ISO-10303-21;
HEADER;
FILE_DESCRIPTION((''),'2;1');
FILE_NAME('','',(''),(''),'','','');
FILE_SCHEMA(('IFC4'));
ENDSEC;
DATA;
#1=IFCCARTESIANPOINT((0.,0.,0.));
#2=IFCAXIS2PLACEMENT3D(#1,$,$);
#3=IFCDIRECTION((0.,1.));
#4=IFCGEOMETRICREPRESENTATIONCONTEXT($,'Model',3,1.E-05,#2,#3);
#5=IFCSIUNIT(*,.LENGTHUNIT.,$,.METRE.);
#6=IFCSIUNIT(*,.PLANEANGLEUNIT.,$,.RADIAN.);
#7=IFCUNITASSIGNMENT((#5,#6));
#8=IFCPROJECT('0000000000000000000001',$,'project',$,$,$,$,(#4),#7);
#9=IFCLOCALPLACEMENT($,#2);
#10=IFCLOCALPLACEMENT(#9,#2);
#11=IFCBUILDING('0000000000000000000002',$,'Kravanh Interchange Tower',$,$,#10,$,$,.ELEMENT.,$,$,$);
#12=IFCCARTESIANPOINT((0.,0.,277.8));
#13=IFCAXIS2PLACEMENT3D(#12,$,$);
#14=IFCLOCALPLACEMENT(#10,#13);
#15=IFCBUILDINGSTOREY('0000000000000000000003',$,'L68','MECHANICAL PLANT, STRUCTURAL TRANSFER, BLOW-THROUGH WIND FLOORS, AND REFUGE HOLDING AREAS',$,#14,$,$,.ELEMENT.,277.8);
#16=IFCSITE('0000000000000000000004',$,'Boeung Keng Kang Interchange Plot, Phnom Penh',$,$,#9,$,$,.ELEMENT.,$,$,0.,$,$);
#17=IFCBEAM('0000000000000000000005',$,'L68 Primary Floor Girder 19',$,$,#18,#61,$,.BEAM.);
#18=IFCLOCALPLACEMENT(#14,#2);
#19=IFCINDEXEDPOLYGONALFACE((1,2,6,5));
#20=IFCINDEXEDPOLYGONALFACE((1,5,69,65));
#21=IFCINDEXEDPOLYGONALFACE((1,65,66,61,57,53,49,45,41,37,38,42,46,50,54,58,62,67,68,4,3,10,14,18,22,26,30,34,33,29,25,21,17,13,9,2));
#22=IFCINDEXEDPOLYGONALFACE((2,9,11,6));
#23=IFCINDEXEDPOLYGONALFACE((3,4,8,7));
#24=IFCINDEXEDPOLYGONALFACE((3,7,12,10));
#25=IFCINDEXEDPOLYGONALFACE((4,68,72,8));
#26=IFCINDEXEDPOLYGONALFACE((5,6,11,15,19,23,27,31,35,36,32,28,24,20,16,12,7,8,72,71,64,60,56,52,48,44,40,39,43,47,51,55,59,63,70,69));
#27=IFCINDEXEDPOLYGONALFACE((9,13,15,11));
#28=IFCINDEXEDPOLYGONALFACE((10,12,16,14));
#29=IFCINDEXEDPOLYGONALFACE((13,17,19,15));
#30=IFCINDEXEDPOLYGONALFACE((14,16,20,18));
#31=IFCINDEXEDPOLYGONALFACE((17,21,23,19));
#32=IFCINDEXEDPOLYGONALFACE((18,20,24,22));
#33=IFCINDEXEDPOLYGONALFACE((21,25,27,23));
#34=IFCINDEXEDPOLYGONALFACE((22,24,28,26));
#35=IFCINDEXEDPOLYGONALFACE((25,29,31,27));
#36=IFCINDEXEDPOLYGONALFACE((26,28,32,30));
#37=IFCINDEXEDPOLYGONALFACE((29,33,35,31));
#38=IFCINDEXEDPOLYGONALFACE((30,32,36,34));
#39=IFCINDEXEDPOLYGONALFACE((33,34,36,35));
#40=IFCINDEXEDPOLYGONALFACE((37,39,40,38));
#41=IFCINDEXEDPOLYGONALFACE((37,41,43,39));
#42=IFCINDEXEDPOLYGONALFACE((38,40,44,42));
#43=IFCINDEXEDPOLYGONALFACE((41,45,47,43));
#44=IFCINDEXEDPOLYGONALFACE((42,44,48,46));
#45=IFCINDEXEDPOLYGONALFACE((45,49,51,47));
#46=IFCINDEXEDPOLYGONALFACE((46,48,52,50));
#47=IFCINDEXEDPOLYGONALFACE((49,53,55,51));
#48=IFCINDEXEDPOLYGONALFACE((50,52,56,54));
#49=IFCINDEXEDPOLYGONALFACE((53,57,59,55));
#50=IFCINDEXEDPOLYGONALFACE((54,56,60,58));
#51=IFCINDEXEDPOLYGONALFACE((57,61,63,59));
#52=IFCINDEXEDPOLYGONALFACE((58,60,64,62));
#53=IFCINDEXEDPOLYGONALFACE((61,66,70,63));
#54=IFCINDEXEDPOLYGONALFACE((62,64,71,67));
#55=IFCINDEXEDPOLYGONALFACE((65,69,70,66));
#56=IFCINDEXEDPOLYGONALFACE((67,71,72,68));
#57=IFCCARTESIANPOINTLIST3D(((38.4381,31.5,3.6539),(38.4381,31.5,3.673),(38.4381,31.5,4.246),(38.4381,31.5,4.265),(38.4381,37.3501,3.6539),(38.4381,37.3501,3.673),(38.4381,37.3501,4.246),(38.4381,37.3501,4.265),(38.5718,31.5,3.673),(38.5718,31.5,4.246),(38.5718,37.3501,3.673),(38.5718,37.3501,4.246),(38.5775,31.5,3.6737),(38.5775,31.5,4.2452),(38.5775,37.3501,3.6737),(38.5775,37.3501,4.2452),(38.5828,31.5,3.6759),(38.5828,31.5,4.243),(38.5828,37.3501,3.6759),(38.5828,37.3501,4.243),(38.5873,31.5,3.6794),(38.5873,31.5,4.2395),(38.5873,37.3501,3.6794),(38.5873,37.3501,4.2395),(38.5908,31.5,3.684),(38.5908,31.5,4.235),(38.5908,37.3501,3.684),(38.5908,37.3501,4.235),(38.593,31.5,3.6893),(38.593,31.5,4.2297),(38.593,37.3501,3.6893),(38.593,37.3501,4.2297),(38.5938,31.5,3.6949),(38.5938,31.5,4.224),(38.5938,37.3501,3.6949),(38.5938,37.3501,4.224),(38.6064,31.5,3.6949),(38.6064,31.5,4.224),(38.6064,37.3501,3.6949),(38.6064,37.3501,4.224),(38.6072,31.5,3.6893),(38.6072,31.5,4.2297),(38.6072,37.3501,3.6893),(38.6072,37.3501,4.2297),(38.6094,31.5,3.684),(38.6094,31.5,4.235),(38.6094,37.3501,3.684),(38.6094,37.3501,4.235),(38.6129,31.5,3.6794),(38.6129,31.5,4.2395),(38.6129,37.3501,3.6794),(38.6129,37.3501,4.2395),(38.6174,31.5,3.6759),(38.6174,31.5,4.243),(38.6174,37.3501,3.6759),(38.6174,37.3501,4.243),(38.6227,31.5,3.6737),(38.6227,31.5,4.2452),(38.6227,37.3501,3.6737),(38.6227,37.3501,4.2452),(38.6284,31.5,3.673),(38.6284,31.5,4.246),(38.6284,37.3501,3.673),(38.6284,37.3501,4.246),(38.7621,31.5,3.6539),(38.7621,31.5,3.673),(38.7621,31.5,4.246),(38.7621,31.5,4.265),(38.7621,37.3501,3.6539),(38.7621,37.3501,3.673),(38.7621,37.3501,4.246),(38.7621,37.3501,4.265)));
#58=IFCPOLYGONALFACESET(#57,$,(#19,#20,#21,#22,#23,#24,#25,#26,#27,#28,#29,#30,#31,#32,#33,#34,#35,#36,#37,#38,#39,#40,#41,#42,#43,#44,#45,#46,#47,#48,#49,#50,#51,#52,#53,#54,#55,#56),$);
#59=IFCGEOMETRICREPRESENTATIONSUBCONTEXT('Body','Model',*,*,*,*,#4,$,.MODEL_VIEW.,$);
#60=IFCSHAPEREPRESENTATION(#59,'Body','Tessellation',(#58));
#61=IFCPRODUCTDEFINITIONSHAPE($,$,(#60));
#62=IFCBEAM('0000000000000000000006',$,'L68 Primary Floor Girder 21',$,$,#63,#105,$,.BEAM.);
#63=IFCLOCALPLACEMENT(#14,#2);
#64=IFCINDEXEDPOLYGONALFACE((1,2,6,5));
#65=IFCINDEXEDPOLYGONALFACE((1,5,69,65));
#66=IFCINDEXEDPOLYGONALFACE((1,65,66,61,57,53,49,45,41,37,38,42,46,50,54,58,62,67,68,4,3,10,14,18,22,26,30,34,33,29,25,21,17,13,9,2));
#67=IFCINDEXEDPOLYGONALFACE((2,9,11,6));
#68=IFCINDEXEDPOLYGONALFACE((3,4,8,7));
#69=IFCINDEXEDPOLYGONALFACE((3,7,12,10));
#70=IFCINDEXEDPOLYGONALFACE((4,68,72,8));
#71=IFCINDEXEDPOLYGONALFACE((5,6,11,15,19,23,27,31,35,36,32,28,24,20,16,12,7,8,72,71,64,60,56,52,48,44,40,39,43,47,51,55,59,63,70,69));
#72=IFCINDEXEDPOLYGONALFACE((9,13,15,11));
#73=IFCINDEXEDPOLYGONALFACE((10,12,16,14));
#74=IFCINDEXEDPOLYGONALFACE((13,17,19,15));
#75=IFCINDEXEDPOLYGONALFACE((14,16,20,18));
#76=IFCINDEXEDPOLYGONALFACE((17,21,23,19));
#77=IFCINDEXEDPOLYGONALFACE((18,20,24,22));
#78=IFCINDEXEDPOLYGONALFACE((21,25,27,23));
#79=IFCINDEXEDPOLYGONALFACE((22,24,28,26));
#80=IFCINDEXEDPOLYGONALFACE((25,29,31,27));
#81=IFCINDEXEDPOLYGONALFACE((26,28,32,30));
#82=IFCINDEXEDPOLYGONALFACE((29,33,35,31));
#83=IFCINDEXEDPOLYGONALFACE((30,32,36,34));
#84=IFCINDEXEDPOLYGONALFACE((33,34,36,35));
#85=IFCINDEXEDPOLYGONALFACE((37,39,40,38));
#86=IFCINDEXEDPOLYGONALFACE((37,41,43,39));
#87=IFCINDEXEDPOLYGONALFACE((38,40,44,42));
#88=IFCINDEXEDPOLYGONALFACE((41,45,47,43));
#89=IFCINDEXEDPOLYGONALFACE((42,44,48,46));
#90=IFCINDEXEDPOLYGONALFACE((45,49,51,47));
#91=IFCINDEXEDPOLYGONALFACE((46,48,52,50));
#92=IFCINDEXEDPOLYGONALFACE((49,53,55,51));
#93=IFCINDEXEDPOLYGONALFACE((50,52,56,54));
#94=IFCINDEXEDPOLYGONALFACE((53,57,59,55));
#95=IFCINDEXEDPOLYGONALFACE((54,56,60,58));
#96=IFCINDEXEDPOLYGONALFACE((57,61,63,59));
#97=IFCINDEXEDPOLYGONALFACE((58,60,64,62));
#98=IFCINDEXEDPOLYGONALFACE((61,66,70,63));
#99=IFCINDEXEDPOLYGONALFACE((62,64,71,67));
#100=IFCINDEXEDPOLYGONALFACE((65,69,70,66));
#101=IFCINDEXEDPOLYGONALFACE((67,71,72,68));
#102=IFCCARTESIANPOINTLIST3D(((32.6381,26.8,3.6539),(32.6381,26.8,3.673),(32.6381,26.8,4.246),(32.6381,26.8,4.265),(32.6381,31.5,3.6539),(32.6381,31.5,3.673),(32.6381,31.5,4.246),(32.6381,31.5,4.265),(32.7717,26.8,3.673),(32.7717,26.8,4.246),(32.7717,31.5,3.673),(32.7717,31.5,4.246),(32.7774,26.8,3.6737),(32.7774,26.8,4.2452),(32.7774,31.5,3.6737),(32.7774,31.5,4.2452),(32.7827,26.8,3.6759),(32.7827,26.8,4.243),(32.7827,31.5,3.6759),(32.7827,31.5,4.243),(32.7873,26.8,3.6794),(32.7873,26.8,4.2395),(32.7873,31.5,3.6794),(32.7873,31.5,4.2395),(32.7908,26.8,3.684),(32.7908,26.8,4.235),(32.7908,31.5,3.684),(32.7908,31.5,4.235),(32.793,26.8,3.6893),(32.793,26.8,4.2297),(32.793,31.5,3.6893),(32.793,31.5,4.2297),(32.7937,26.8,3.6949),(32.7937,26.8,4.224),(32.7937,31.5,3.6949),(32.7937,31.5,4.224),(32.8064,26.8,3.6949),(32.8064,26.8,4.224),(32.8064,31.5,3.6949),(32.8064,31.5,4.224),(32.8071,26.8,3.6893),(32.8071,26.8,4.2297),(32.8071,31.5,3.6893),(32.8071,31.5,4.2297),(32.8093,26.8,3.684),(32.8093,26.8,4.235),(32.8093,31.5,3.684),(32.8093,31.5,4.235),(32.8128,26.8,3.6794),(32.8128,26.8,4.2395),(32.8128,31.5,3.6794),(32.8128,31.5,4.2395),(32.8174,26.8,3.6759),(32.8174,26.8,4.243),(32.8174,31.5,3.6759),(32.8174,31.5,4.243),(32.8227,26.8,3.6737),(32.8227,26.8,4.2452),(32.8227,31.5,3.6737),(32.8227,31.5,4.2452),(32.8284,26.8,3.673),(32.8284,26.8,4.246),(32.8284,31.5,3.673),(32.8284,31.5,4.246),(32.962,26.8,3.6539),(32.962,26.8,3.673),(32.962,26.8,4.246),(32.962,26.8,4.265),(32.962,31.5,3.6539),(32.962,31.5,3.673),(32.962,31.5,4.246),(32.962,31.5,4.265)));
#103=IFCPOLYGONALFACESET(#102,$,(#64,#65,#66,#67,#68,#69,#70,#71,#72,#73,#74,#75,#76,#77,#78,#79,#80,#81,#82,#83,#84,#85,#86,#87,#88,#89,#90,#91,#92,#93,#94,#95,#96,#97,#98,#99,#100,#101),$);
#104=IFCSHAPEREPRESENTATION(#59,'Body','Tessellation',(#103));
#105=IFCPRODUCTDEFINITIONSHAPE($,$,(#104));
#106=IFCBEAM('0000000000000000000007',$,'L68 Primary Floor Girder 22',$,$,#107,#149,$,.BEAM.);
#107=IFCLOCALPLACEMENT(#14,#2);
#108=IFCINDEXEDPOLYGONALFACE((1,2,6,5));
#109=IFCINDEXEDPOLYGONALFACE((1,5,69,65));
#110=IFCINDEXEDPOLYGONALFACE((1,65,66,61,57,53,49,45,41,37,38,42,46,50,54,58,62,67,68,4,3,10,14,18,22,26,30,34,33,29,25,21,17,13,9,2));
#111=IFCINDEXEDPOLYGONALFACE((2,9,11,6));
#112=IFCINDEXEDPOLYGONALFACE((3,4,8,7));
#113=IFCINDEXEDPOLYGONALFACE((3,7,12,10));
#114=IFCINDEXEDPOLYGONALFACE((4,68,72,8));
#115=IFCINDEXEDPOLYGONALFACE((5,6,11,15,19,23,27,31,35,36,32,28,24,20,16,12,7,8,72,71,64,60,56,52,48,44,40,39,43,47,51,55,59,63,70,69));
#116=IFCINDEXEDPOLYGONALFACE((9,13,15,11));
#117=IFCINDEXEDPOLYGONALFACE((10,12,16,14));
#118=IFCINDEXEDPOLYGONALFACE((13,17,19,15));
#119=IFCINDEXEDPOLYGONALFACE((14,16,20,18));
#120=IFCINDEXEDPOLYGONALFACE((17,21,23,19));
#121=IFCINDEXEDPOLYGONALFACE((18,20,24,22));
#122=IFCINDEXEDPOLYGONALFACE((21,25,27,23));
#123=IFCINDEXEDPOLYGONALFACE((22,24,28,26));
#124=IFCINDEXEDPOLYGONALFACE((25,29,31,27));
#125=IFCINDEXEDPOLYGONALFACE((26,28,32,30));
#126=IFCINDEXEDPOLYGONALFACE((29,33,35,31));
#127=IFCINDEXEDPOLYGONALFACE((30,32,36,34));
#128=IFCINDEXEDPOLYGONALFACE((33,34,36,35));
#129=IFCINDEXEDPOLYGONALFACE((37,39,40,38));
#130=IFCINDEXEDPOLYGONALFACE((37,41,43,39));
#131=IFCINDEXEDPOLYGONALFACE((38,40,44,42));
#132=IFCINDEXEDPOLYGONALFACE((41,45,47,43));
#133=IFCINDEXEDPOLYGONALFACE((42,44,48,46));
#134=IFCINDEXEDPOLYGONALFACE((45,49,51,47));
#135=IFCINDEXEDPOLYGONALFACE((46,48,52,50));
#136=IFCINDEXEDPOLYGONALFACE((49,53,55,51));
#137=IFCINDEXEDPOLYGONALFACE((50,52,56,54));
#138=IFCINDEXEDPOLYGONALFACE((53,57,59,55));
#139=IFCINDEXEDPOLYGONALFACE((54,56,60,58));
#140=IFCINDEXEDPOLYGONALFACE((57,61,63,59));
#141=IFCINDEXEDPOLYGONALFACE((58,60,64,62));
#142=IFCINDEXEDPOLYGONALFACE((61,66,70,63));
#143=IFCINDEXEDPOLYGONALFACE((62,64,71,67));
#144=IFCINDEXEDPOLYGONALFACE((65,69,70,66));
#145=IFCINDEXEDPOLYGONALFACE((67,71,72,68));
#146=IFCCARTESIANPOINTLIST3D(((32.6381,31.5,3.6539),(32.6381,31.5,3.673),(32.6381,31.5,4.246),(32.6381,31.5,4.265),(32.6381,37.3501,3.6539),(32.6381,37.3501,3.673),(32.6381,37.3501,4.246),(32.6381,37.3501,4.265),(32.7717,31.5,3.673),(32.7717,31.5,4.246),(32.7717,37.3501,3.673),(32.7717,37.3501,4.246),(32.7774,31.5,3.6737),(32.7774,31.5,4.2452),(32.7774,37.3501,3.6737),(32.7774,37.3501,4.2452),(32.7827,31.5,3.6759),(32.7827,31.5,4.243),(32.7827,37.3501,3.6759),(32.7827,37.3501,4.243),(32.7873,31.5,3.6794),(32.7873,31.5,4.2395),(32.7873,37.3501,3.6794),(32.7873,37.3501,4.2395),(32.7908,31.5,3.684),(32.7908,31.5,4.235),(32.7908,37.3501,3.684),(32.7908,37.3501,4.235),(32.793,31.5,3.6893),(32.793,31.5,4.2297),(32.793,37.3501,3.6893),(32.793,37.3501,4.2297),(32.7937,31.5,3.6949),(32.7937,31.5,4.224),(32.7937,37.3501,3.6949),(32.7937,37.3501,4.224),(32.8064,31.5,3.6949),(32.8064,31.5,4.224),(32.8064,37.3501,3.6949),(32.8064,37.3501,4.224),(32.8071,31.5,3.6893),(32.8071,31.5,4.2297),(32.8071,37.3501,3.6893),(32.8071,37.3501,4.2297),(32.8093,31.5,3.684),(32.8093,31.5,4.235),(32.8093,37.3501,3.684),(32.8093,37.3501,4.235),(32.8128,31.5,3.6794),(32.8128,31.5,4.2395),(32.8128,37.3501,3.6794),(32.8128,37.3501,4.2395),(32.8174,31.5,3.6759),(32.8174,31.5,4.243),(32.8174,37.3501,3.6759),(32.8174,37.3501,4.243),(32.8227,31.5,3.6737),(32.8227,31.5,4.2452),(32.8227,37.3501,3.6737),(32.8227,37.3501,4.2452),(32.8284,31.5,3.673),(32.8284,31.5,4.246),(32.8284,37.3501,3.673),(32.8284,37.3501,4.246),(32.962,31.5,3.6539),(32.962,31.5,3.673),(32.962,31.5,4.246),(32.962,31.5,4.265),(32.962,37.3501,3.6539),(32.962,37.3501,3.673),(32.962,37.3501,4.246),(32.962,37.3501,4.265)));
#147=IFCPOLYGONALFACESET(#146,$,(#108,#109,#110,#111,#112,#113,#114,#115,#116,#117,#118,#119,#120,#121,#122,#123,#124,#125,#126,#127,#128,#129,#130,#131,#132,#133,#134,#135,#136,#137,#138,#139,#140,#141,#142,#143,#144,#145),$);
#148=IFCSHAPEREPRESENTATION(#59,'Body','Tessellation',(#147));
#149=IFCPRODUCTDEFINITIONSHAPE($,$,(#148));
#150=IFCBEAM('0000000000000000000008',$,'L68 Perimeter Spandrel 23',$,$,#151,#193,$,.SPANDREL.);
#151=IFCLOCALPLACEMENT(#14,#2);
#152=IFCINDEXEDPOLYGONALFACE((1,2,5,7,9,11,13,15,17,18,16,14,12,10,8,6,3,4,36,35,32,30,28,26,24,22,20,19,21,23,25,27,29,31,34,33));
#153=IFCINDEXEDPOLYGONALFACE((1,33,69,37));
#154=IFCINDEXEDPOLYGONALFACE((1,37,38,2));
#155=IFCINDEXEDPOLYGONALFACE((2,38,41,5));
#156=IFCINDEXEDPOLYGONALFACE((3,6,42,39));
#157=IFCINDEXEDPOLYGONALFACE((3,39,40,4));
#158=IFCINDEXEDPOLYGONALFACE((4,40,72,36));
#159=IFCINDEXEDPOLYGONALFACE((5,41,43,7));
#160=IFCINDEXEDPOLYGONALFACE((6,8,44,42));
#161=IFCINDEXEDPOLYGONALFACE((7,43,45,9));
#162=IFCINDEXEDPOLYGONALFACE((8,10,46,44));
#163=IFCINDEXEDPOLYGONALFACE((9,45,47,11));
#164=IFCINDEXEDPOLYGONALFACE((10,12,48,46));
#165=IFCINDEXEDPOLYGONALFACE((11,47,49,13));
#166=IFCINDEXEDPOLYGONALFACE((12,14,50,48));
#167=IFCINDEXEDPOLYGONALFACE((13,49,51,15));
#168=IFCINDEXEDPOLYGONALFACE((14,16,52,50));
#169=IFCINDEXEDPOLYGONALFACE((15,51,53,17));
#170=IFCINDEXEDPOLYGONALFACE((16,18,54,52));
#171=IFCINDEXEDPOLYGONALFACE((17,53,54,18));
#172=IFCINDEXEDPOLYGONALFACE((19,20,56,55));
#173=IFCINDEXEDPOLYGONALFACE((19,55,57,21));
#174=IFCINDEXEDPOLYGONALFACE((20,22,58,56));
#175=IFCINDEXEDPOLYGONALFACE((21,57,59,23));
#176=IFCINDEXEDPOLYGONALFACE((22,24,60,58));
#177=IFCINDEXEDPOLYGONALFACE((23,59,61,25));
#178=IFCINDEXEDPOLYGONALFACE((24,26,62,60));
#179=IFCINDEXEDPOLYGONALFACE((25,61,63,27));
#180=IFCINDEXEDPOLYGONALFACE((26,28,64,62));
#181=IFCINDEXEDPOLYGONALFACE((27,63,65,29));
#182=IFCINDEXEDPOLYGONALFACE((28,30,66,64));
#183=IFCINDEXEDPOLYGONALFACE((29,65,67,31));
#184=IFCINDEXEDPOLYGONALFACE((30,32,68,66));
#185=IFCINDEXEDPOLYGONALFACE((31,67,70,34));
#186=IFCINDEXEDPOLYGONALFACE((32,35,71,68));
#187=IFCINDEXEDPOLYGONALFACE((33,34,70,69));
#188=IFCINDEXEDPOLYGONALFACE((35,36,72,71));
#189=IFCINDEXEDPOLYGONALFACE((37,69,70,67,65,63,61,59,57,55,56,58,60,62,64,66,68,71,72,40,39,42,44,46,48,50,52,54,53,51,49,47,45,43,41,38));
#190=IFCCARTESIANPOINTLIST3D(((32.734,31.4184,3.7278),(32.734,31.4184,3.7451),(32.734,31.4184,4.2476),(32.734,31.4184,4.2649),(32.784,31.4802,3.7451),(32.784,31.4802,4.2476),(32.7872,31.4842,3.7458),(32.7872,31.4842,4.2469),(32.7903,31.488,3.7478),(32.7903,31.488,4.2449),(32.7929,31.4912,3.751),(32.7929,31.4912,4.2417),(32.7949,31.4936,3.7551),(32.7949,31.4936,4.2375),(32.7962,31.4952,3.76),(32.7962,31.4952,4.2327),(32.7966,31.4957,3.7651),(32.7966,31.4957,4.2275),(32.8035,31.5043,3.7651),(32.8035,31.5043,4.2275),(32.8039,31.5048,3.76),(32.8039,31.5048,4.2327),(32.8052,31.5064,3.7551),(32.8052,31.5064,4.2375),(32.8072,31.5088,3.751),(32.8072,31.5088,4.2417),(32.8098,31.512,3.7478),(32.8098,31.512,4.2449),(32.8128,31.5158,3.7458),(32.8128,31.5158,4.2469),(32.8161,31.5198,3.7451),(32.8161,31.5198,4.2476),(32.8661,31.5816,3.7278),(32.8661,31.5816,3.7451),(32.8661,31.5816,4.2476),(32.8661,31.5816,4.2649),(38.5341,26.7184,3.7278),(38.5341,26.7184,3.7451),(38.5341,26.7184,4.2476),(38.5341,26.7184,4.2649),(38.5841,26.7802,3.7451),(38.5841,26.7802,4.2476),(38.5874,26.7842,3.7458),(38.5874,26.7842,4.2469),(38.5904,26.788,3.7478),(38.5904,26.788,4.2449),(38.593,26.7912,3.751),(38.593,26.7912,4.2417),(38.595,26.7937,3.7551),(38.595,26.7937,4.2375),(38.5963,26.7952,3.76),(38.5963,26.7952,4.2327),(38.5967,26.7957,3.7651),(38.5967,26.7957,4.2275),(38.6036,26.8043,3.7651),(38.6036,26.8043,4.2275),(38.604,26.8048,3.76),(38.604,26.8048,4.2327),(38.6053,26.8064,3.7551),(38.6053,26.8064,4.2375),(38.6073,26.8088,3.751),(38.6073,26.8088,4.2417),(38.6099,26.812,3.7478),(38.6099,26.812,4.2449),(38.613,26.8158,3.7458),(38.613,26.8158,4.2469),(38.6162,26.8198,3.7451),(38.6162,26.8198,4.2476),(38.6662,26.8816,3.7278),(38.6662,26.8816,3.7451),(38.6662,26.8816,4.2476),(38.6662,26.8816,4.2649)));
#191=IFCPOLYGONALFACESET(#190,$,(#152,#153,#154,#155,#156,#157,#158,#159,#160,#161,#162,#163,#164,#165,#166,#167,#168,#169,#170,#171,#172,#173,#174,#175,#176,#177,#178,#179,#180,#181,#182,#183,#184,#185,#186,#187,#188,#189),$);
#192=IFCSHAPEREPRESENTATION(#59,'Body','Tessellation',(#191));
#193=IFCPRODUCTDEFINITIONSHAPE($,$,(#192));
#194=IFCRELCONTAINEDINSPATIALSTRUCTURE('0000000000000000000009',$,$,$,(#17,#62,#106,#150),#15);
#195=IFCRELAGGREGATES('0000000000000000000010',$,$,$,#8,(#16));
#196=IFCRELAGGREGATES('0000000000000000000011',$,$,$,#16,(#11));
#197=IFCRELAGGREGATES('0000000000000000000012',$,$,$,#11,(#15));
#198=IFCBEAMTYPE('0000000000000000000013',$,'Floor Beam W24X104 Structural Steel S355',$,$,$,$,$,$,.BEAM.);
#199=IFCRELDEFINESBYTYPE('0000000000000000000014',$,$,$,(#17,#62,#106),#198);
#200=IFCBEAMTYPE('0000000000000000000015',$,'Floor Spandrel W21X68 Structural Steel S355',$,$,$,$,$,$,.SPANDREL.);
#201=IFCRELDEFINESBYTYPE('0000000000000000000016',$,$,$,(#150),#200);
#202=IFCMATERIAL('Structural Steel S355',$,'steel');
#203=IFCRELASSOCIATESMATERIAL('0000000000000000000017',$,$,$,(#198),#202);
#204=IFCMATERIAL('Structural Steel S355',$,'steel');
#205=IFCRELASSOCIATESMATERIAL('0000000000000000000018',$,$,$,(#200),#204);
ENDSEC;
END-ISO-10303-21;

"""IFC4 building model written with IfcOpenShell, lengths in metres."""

from ifc_helpers import new_model, si_unit, direction, frame, origin, origin_2d, place, context, subcontext, project, spatial, i_section, extrude, material, material_profile, profile_set, type_object, element, save


model = new_model("IFC4")

# Units and contexts
model_context = context("Model", 3, precision=1e-05, world=origin(), true_north=direction((0.0, 1.0)))
body_context = subcontext(model_context, "Body", "Model", "MODEL_VIEW")
ifc_project = project(units=[si_unit("LENGTHUNIT", "METRE"), si_unit("PLANEANGLEUNIT", "RADIAN")], contexts=[model_context])

# Site, building, storey
site_placement = place(None, origin())
site = spatial("IfcSite", under=ifc_project, at=site_placement, Name="Boeung Keng Kang Interchange Plot, Phnom Penh", CompositionType="ELEMENT", RefElevation=0.0)
building_placement = place(site_placement, origin())
building = spatial("IfcBuilding", under=site, at=building_placement, Name="Kravanh Interchange Tower", CompositionType="ELEMENT")
storey_placement = place(building_placement, frame((0.0, 0.0, 277.8)))
storey = spatial("IfcBuildingStorey", under=building, at=storey_placement, Name="L68", Description="MECHANICAL PLANT, STRUCTURAL TRANSFER, BLOW-THROUGH WIND FLOORS, AND REFUGE HOLDING AREAS", CompositionType="ELEMENT", Elevation=277.8)

# Beams
ifc_material_1 = material(Name="Structural Steel S355", Category="steel")
ifc_material_profile_1 = material_profile(ifc_material_1, i_section(OverallWidth=0.324, OverallDepth=0.6111, WebThickness=0.0127, FlangeThickness=0.019, FilletRadius=0.022, at=origin_2d()), Name="W24X104")
ifc_profile_set_1 = profile_set([ifc_material_profile_1], Name="Structural Steel S355")
beam_type_1 = type_object("IfcBeamType", Name="Floor Beam W24X104 Structural Steel S355", PredefinedType="BEAM", material=ifc_profile_set_1)
beam_1_placement = place(storey_placement, frame((38.6001, 31.5, 3.9595), z_axis=(0.0, 1.0, 0.0), x_axis=(-1.0, 0.0, 0.0)))
element("IfcBeam", 1, at=beam_1_placement, inside=storey, type_object=beam_type_1, Name="L68 Primary Floor Girder 19", PredefinedType="BEAM", context=body_context, shape_type="SweptSolid", body=[
    extrude(i_section(OverallWidth=0.324, OverallDepth=0.6111, WebThickness=0.0127, FlangeThickness=0.019, FilletRadius=0.022, at=origin_2d()), origin(), (0.0, 0.0, 1.0), 5.8501),
])
beam_2_placement = place(storey_placement, frame((32.8, 31.5, 3.9595), z_axis=(0.0, -1.0, 0.0), x_axis=(1.0, 0.0, 0.0)))
element("IfcBeam", 2, at=beam_2_placement, inside=storey, type_object=beam_type_1, Name="L68 Primary Floor Girder 21", PredefinedType="BEAM", context=body_context, shape_type="SweptSolid", body=[
    extrude(i_section(OverallWidth=0.324, OverallDepth=0.6111, WebThickness=0.0127, FlangeThickness=0.019, FilletRadius=0.022, at=origin_2d()), origin(), (0.0, 0.0, 1.0), 4.7),
])
beam_3_placement = place(storey_placement, frame((32.8, 31.5, 3.9595), z_axis=(0.0, 1.0, 0.0), x_axis=(-1.0, 0.0, 0.0)))
element("IfcBeam", 3, at=beam_3_placement, inside=storey, type_object=beam_type_1, Name="L68 Primary Floor Girder 22", PredefinedType="BEAM", context=body_context, shape_type="SweptSolid", body=[
    extrude(i_section(OverallWidth=0.324, OverallDepth=0.6111, WebThickness=0.0127, FlangeThickness=0.019, FilletRadius=0.022, at=origin_2d()), origin(), (0.0, 0.0, 1.0), 5.8501),
])
ifc_material_2 = material(Name="Structural Steel S355", Category="steel")
ifc_material_profile_2 = material_profile(ifc_material_2, i_section(OverallWidth=0.21, OverallDepth=0.5371, WebThickness=0.011, FlangeThickness=0.0173, FilletRadius=0.02, at=origin_2d()), Name="W21X68")
ifc_profile_set_2 = profile_set([ifc_material_profile_2], Name="Structural Steel S355")
beam_type_2 = type_object("IfcBeamType", Name="Floor Spandrel W21X68 Structural Steel S355", PredefinedType="SPANDREL", material=ifc_profile_set_2)
beam_4_placement = place(storey_placement, frame((32.8, 31.5, 3.9963), z_axis=(0.776939, -0.629576, 0.0), x_axis=(0.629576, 0.776939, 0.0)))
element("IfcBeam", 4, at=beam_4_placement, inside=storey, type_object=beam_type_2, Name="L68 Perimeter Spandrel 23", PredefinedType="SPANDREL", context=body_context, shape_type="SweptSolid", body=[
    extrude(i_section(OverallWidth=0.21, OverallDepth=0.5371, WebThickness=0.011, FlangeThickness=0.0173, FilletRadius=0.02, at=origin_2d()), origin(), (0.0, 0.0, 1.0), 7.4653),
])

save(model, "model.ifc")
